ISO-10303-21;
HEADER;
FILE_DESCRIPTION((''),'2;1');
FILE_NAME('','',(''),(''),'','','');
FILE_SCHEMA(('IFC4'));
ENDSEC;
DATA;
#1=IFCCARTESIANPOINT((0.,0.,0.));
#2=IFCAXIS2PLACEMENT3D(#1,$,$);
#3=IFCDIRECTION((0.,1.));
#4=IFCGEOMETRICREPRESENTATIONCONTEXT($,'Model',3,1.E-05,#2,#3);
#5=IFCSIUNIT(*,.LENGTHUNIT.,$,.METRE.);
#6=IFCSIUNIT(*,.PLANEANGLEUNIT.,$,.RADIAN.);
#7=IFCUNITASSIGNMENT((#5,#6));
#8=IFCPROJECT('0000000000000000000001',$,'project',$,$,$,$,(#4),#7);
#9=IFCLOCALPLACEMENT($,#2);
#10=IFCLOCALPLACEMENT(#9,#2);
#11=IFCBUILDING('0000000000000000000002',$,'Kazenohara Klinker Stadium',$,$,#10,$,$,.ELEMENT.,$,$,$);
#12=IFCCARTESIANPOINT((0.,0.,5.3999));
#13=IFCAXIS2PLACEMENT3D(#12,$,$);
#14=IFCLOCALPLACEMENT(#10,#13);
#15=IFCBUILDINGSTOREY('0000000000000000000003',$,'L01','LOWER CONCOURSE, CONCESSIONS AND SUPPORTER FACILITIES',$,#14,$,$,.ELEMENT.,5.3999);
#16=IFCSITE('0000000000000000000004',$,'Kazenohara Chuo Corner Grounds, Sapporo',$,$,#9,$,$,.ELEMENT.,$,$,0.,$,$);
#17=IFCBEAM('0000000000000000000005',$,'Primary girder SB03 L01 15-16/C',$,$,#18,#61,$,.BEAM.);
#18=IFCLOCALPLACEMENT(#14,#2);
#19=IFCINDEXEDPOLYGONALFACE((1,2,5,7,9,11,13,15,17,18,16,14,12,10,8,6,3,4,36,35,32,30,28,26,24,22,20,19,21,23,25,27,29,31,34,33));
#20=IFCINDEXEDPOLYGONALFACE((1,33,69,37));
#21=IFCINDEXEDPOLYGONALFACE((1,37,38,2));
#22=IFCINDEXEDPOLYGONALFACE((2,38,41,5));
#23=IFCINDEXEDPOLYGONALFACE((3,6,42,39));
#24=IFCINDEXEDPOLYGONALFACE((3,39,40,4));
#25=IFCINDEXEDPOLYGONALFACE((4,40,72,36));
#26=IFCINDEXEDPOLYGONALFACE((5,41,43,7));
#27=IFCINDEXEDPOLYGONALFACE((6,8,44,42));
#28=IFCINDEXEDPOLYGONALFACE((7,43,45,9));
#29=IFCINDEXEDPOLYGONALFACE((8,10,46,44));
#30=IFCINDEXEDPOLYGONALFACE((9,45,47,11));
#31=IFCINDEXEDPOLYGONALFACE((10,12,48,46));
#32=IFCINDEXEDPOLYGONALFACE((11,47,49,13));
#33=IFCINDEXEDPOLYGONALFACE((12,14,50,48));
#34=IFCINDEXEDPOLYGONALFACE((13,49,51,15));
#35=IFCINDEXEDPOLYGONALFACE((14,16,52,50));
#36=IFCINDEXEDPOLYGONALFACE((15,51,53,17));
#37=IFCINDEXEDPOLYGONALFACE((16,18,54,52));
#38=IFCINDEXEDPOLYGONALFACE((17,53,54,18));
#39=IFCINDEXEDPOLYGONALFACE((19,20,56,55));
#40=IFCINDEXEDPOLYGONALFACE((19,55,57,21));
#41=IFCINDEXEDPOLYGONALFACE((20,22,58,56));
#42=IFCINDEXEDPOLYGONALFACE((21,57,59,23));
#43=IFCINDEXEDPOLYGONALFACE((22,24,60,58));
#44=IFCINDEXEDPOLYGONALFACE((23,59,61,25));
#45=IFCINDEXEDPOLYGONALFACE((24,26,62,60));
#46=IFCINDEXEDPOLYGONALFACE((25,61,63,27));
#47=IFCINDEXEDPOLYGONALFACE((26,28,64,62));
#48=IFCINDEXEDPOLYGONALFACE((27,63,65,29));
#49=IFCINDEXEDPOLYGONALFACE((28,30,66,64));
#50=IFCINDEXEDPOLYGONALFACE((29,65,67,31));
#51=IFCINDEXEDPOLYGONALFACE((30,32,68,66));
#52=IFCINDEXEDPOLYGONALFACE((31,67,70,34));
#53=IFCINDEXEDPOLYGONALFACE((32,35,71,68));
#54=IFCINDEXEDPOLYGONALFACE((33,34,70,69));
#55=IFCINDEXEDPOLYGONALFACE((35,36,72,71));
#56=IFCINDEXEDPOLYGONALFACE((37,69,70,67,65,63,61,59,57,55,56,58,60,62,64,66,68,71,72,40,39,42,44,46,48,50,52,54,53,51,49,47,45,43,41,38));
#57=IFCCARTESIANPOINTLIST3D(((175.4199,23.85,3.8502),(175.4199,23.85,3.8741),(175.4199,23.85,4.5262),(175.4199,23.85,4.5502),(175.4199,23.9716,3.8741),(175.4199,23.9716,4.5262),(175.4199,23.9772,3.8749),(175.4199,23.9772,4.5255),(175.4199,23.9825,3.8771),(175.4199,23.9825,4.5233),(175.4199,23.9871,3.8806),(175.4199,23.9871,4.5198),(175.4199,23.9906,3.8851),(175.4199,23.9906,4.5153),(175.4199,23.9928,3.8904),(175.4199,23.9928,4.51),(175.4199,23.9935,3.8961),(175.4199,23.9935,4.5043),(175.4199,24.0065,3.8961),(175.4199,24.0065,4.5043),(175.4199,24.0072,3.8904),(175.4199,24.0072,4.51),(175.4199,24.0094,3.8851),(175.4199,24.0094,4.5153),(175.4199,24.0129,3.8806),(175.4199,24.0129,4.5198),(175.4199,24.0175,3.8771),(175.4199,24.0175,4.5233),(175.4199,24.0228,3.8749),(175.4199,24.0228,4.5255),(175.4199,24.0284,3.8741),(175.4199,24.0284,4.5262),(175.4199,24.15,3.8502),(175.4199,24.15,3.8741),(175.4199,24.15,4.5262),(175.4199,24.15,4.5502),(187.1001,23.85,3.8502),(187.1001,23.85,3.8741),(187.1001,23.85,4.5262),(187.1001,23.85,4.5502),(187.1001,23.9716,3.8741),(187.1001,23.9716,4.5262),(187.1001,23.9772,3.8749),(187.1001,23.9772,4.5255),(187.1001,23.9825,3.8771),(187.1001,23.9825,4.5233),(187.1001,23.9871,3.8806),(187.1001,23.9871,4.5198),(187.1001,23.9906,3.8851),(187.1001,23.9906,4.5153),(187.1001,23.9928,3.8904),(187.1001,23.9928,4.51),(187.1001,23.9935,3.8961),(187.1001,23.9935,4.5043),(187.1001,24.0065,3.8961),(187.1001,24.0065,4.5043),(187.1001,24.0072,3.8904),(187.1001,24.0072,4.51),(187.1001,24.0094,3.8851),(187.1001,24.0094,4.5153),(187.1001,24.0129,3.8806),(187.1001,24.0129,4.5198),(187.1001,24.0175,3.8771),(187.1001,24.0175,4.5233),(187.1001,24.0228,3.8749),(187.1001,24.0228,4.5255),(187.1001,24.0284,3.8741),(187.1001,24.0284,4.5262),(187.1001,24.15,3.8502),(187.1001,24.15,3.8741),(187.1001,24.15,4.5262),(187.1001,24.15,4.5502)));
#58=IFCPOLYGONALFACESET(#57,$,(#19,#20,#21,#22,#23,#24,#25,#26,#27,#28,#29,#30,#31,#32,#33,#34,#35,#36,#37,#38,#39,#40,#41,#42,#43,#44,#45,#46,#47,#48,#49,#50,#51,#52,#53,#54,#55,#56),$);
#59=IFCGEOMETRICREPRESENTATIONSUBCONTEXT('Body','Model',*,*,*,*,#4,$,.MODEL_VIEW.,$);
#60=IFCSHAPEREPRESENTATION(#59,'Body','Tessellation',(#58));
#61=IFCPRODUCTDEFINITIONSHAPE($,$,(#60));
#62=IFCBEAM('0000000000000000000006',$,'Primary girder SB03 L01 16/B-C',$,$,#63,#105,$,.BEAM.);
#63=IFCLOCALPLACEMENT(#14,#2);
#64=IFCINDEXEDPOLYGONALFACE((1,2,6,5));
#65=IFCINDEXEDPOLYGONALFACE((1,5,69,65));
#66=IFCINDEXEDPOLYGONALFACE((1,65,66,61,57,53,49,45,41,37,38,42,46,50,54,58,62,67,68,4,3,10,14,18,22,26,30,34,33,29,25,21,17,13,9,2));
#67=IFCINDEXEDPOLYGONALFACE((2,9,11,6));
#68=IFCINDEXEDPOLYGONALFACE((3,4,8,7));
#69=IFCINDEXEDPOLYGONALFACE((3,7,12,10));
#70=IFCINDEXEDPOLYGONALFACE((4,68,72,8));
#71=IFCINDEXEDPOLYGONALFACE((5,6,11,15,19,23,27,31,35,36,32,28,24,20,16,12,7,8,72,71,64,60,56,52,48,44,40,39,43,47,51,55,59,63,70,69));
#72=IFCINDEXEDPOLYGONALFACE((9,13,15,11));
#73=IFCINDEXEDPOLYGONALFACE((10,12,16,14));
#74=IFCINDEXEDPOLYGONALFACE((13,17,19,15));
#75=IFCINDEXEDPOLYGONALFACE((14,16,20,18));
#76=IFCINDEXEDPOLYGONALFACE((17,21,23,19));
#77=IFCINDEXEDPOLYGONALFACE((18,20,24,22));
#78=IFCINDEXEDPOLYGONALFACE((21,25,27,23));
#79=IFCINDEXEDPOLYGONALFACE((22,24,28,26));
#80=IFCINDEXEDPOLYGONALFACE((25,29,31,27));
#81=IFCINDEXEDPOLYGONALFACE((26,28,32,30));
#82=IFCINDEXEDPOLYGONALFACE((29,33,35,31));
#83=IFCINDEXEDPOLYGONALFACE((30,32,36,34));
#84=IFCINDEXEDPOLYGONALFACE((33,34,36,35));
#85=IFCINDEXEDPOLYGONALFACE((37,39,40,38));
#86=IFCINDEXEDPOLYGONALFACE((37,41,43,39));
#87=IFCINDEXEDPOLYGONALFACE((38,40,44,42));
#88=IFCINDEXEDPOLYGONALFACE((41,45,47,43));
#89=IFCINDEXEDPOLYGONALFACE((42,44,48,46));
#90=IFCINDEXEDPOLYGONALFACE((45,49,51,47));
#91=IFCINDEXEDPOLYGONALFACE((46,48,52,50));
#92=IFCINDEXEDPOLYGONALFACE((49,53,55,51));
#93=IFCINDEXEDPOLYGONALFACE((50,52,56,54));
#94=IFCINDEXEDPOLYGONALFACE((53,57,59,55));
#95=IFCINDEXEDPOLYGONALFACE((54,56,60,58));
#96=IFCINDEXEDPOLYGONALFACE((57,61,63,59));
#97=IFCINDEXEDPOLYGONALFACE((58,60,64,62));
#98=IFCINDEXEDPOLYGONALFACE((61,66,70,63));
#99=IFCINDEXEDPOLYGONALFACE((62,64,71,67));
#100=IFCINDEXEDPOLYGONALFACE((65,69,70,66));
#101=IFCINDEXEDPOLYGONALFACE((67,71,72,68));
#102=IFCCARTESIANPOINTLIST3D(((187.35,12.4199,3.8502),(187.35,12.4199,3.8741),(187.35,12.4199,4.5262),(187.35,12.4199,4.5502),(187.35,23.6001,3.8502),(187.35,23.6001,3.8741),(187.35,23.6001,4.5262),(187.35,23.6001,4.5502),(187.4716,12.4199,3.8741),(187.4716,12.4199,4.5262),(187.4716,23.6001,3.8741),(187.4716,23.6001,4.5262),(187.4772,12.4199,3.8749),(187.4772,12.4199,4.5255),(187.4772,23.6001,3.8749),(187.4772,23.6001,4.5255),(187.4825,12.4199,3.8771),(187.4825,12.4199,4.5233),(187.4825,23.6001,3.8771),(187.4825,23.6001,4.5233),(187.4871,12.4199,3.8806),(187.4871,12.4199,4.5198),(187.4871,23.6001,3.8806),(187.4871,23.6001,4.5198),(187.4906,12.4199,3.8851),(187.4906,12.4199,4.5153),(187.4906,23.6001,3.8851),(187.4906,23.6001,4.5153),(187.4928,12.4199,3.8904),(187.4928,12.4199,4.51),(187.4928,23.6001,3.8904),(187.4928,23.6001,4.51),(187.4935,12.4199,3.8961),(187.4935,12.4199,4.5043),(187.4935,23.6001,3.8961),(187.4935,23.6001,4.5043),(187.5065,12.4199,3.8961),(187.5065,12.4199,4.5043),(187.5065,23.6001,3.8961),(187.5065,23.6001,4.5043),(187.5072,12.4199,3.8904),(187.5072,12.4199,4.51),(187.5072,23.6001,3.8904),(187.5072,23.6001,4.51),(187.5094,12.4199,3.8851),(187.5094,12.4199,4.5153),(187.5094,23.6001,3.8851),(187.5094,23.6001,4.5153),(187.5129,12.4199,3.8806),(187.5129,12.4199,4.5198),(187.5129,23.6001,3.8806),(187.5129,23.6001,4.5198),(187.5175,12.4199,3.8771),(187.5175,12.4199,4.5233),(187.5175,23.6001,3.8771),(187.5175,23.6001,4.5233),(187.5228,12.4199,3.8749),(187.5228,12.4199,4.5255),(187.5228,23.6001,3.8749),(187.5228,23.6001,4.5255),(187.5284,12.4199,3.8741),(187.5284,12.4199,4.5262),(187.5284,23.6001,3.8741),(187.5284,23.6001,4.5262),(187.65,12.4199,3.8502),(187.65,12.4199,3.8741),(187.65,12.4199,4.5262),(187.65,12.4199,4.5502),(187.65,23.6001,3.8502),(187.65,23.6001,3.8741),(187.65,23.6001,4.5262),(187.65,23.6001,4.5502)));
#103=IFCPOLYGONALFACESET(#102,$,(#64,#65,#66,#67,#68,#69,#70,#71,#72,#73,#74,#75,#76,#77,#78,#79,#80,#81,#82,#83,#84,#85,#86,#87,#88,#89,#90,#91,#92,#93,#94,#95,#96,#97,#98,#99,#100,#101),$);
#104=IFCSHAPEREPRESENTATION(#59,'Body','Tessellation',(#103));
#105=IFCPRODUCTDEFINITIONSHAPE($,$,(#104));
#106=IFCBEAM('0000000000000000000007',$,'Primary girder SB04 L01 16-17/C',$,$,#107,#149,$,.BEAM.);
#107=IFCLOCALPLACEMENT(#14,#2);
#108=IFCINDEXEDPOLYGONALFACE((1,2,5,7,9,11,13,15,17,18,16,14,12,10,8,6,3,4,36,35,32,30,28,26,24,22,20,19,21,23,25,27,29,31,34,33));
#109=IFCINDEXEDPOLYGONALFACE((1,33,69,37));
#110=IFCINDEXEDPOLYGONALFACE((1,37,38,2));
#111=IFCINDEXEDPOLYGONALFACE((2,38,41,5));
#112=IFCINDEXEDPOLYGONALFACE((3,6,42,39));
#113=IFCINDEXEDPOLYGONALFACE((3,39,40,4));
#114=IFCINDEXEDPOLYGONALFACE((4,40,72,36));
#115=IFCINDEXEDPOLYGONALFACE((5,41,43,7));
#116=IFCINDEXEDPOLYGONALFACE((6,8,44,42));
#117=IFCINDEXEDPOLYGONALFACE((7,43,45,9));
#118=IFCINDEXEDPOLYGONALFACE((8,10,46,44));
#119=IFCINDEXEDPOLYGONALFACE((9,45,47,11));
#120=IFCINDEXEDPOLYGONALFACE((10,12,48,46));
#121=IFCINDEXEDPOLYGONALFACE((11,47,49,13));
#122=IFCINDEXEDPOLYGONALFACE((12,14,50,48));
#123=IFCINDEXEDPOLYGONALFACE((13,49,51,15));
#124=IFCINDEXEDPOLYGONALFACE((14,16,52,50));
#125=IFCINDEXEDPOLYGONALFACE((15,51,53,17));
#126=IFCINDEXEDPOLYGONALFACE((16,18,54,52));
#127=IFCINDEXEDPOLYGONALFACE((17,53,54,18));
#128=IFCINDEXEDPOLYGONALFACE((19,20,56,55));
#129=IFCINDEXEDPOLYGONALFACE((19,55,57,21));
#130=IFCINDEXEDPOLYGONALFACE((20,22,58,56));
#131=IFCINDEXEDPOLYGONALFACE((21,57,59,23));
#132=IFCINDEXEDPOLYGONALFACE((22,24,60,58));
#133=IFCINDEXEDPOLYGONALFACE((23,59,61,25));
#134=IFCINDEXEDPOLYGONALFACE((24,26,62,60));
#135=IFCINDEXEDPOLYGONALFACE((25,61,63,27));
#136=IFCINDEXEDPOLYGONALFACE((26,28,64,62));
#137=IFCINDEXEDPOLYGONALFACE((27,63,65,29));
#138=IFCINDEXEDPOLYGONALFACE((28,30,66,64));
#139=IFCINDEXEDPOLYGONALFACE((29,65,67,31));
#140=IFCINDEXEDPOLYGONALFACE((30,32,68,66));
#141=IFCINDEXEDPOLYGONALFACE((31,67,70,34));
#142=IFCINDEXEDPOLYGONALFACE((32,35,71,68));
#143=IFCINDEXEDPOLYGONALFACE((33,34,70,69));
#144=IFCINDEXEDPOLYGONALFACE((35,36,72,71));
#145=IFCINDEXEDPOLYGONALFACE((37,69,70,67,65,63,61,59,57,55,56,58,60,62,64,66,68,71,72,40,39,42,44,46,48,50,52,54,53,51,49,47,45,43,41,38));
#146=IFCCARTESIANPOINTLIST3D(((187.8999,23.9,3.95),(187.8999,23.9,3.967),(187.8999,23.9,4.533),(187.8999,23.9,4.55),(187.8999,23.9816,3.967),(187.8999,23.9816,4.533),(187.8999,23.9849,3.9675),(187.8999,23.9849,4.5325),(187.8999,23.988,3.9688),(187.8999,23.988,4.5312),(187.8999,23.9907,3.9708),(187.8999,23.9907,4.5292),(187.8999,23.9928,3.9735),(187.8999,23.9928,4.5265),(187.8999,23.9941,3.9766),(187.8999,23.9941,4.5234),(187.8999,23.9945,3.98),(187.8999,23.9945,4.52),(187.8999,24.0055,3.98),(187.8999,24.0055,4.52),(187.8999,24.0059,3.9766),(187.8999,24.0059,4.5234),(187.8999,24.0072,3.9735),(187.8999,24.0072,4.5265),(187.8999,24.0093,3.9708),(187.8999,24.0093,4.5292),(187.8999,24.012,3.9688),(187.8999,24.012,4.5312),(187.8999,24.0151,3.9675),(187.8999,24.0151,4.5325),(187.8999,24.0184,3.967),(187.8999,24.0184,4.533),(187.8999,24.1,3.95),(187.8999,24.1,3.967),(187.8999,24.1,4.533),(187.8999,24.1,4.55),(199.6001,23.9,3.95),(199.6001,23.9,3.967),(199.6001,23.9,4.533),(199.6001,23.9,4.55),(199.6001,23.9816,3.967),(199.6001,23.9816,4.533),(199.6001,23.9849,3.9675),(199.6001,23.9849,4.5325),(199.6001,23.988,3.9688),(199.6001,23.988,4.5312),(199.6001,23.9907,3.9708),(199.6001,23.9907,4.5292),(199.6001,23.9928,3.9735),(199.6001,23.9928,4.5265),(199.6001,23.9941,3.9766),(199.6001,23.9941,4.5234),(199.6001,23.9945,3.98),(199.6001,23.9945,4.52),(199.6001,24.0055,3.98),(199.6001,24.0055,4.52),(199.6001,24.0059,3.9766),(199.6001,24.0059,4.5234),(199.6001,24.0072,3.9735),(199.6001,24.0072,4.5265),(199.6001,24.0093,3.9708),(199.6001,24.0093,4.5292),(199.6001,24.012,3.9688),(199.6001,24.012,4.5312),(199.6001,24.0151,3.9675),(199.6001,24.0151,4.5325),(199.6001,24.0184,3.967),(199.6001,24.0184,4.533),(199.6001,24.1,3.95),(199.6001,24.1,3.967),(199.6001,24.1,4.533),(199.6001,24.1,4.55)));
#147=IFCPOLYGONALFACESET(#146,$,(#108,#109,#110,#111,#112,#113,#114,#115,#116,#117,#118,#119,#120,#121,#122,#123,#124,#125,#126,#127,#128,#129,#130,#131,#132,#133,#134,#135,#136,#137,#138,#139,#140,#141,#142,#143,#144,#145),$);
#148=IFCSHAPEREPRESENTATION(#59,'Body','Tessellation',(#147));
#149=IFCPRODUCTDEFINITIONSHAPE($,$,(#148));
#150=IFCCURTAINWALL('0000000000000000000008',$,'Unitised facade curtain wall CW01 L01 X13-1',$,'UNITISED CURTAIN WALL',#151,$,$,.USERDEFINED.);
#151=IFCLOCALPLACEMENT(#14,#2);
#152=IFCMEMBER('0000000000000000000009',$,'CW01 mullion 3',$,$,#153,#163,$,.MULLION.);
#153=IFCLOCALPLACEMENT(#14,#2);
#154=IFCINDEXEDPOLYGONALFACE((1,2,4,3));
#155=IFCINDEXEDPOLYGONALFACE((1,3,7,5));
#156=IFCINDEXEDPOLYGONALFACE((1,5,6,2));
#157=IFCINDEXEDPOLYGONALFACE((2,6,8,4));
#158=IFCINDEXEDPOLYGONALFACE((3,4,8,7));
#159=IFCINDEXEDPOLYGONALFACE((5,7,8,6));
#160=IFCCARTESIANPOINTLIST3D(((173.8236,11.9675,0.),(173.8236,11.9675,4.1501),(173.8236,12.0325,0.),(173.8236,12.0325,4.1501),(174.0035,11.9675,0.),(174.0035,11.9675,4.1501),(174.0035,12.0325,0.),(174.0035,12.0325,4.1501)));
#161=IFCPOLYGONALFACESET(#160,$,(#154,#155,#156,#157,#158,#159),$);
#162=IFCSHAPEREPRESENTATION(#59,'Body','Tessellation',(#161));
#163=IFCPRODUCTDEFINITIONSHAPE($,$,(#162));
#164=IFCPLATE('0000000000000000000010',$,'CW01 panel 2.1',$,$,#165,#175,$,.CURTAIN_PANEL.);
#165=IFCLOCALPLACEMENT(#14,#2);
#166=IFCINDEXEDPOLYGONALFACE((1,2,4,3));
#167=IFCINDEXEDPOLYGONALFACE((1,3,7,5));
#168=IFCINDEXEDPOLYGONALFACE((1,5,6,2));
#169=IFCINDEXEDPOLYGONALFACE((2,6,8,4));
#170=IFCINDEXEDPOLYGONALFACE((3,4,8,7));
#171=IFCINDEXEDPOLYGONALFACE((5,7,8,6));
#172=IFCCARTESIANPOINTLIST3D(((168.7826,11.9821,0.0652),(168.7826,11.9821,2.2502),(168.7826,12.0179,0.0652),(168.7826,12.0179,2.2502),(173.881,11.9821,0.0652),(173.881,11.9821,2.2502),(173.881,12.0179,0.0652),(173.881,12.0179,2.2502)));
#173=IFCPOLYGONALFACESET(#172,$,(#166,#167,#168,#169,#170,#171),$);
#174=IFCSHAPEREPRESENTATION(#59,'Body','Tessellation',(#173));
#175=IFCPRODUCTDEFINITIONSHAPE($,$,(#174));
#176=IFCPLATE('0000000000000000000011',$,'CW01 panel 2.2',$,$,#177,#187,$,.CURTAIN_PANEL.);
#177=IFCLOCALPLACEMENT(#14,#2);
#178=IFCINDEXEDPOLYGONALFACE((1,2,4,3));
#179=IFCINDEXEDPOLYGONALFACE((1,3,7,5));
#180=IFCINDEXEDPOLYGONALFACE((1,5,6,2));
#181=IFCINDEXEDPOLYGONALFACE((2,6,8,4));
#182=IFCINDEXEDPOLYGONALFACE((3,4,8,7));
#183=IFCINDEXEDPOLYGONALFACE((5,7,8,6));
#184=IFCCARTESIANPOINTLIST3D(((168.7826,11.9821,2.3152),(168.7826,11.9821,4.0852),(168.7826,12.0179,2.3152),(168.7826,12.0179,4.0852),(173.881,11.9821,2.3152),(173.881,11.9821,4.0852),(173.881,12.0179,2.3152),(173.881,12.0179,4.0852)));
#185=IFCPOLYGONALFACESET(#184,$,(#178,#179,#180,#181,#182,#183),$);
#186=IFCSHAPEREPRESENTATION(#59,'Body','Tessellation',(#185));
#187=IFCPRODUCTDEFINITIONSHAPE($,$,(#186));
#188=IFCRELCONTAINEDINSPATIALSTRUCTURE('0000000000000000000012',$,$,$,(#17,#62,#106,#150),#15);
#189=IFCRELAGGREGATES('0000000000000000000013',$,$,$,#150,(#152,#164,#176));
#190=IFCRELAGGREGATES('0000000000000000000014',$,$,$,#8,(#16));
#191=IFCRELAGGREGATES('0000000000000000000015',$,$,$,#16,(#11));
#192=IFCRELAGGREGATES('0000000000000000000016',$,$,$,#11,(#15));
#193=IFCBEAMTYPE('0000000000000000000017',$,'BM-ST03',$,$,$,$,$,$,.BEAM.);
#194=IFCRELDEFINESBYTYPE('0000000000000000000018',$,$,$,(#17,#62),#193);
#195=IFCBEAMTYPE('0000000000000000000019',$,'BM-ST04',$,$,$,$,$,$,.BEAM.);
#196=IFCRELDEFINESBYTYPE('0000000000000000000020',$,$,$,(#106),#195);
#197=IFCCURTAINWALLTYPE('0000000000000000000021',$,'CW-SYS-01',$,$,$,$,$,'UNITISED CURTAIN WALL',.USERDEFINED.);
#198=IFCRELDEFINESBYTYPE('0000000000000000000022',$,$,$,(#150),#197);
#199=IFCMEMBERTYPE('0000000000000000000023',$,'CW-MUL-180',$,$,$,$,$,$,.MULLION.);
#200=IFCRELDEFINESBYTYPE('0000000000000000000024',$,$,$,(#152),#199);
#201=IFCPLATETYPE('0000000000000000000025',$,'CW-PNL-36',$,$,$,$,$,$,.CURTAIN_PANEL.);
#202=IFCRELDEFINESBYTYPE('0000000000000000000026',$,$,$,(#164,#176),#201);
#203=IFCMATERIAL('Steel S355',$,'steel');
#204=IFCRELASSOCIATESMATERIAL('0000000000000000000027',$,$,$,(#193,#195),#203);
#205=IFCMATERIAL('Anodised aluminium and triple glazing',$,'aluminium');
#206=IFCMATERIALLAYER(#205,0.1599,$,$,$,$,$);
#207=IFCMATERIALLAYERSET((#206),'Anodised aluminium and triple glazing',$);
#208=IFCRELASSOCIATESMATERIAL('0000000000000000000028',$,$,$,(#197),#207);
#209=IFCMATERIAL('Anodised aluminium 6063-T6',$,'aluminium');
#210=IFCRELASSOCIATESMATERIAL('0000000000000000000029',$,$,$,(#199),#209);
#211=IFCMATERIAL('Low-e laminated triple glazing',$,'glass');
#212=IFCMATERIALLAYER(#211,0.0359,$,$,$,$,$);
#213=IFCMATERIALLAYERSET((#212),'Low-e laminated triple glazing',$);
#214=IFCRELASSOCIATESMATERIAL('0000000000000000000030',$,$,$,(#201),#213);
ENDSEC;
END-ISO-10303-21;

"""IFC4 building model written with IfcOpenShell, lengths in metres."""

from ifc_helpers import new_model, si_unit, direction, frame, origin, origin_2d, place, context, subcontext, project, spatial, rectangle, i_section, extrude, material, layer, layer_set, material_profile, profile_set, type_object, element, aggregate, save


model = new_model("IFC4")

# Units and contexts
model_context = context("Model", 3, precision=1e-05, world=origin(), true_north=direction((0.0, 1.0)))
body_context = subcontext(model_context, "Body", "Model", "MODEL_VIEW")
ifc_project = project(units=[si_unit("LENGTHUNIT", "METRE"), si_unit("PLANEANGLEUNIT", "RADIAN")], contexts=[model_context])

# Site, building, storey
site_placement = place(None, origin())
site = spatial("IfcSite", under=ifc_project, at=site_placement, Name="Kazenohara Chuo Corner Grounds, Sapporo", CompositionType="ELEMENT", RefElevation=0.0)
building_placement = place(site_placement, origin())
building = spatial("IfcBuilding", under=site, at=building_placement, Name="Kazenohara Klinker Stadium", CompositionType="ELEMENT")
storey_placement = place(building_placement, frame((0.0, 0.0, 5.3999)))
storey = spatial("IfcBuildingStorey", under=building, at=storey_placement, Name="L01", Description="LOWER CONCOURSE, CONCESSIONS AND SUPPORTER FACILITIES", CompositionType="ELEMENT", Elevation=5.3999)

# Beams
ifc_material_1 = material(Name="Steel S355", Category="steel")
ifc_material_profile_1 = material_profile(ifc_material_1, i_section(OverallWidth=0.3, OverallDepth=0.7, WebThickness=0.0129, FlangeThickness=0.0239, FilletRadius=0.022, at=origin_2d()), Name="H-700x300x13x24")
ifc_profile_set_1 = profile_set([ifc_material_profile_1], Name="Steel S355")
beam_type_1 = type_object("IfcBeamType", Name="BM-ST03", PredefinedType="BEAM", material=ifc_profile_set_1)
beam_1_placement = place(storey_placement, frame((175.4199, 24.0, 4.2002), z_axis=(1.0, 0.0, 0.0), x_axis=(0.0, 1.0, 0.0)))
element("IfcBeam", 1, at=beam_1_placement, inside=storey, type_object=beam_type_1, Name="Primary girder SB03 L01 15-16/C", PredefinedType="BEAM", context=body_context, shape_type="SweptSolid", body=[
    extrude(i_section(OverallWidth=0.3, OverallDepth=0.7, WebThickness=0.0129, FlangeThickness=0.0239, FilletRadius=0.022, at=origin_2d()), origin(), (0.0, 0.0, 1.0), 11.6802),
])
beam_2_placement = place(storey_placement, frame((187.5, 12.4199, 4.2002), z_axis=(0.0, 1.0, 0.0), x_axis=(-1.0, 0.0, 0.0)))
element("IfcBeam", 2, at=beam_2_placement, inside=storey, type_object=beam_type_1, Name="Primary girder SB03 L01 16/B-C", PredefinedType="BEAM", context=body_context, shape_type="SweptSolid", body=[
    extrude(i_section(OverallWidth=0.3, OverallDepth=0.7, WebThickness=0.0129, FlangeThickness=0.0239, FilletRadius=0.022, at=origin_2d()), origin(), (0.0, 0.0, 1.0), 11.1802),
])
ifc_material_profile_2 = material_profile(ifc_material_1, i_section(OverallWidth=0.2, OverallDepth=0.6001, WebThickness=0.011, FlangeThickness=0.0171, FilletRadius=0.0129, at=origin_2d()), Name="H-600x200x11x17")
ifc_profile_set_2 = profile_set([ifc_material_profile_2], Name="Steel S355")
beam_type_2 = type_object("IfcBeamType", Name="BM-ST04", PredefinedType="BEAM", material=ifc_profile_set_2)
beam_3_placement = place(storey_placement, frame((187.8999, 24.0, 4.25), z_axis=(1.0, 0.0, 0.0), x_axis=(0.0, 1.0, 0.0)))
element("IfcBeam", 3, at=beam_3_placement, inside=storey, type_object=beam_type_2, Name="Primary girder SB04 L01 16-17/C", PredefinedType="BEAM", context=body_context, shape_type="SweptSolid", body=[
    extrude(i_section(OverallWidth=0.2, OverallDepth=0.6001, WebThickness=0.011, FlangeThickness=0.0171, FilletRadius=0.0129, at=origin_2d()), origin(), (0.0, 0.0, 1.0), 11.7002),
])

# Curtain wall, member, plates
ifc_material_2 = material(Name="Anodised aluminium and triple glazing", Category="aluminium")
ifc_layer_1 = layer(ifc_material_2, 0.1599)
ifc_layer_set_1 = layer_set([ifc_layer_1], Name="Anodised aluminium and triple glazing")
curtain_wall_type = type_object("IfcCurtainWallType", Name="CW-SYS-01", ElementType="UNITISED CURTAIN WALL", PredefinedType="USERDEFINED", material=ifc_layer_set_1)
curtain_wall_placement = place(storey_placement, origin())
curtain_wall = element("IfcCurtainWall", 4, at=curtain_wall_placement, inside=storey, type_object=curtain_wall_type, Name="Unitised facade curtain wall CW01 L01 X13-1", ObjectType="UNITISED CURTAIN WALL", PredefinedType="USERDEFINED")
ifc_material_3 = material(Name="Anodised aluminium 6063-T6", Category="aluminium")
ifc_material_profile_3 = material_profile(ifc_material_3, rectangle(XDim=0.0649, YDim=0.1799, at=origin_2d()), Name="ALU-MUL-65x180")
ifc_profile_set_3 = profile_set([ifc_material_profile_3], Name="Anodised aluminium 6063-T6")
member_type = type_object("IfcMemberType", Name="CW-MUL-180", PredefinedType="MULLION", material=ifc_profile_set_3)
member_placement = place(storey_placement, frame((173.9136, 12.0, 0.0), z_axis=(0.0, 0.0, 1.0), x_axis=(0.0, 1.0, 0.0)))
member = element("IfcMember", 5, at=member_placement, type_object=member_type, Name="CW01 mullion 3", PredefinedType="MULLION", context=body_context, shape_type="SweptSolid", body=[
    extrude(rectangle(XDim=0.0649, YDim=0.1799, at=origin_2d()), origin(), (0.0, 0.0, 1.0), 4.1501),
])
ifc_material_4 = material(Name="Low-e laminated triple glazing", Category="glass")
ifc_layer_2 = layer(ifc_material_4, 0.0359)
ifc_layer_set_2 = layer_set([ifc_layer_2], Name="Low-e laminated triple glazing")
plate_type = type_object("IfcPlateType", Name="CW-PNL-36", PredefinedType="CURTAIN_PANEL", material=ifc_layer_set_2)
plate_1_placement = place(storey_placement, frame((171.3318, 12.0, 0.0652), z_axis=(0.0, 0.0, 1.0), x_axis=(1.0, 0.0, 0.0)))
plate_1 = element("IfcPlate", 6, at=plate_1_placement, type_object=plate_type, Name="CW01 panel 2.1", PredefinedType="CURTAIN_PANEL", context=body_context, shape_type="SweptSolid", body=[
    extrude(rectangle(XDim=5.0984, YDim=0.0359, at=origin_2d()), origin(), (0.0, 0.0, 1.0), 2.1851),
])
plate_2_placement = place(storey_placement, frame((171.3318, 12.0, 2.3152), z_axis=(0.0, 0.0, 1.0), x_axis=(1.0, 0.0, 0.0)))
plate_2 = element("IfcPlate", 7, at=plate_2_placement, type_object=plate_type, Name="CW01 panel 2.2", PredefinedType="CURTAIN_PANEL", context=body_context, shape_type="SweptSolid", body=[
    extrude(rectangle(XDim=5.0984, YDim=0.0359, at=origin_2d()), origin(), (0.0, 0.0, 1.0), 1.77),
])
aggregate(curtain_wall, [member, plate_1, plate_2])

save(model, "model.ifc")
